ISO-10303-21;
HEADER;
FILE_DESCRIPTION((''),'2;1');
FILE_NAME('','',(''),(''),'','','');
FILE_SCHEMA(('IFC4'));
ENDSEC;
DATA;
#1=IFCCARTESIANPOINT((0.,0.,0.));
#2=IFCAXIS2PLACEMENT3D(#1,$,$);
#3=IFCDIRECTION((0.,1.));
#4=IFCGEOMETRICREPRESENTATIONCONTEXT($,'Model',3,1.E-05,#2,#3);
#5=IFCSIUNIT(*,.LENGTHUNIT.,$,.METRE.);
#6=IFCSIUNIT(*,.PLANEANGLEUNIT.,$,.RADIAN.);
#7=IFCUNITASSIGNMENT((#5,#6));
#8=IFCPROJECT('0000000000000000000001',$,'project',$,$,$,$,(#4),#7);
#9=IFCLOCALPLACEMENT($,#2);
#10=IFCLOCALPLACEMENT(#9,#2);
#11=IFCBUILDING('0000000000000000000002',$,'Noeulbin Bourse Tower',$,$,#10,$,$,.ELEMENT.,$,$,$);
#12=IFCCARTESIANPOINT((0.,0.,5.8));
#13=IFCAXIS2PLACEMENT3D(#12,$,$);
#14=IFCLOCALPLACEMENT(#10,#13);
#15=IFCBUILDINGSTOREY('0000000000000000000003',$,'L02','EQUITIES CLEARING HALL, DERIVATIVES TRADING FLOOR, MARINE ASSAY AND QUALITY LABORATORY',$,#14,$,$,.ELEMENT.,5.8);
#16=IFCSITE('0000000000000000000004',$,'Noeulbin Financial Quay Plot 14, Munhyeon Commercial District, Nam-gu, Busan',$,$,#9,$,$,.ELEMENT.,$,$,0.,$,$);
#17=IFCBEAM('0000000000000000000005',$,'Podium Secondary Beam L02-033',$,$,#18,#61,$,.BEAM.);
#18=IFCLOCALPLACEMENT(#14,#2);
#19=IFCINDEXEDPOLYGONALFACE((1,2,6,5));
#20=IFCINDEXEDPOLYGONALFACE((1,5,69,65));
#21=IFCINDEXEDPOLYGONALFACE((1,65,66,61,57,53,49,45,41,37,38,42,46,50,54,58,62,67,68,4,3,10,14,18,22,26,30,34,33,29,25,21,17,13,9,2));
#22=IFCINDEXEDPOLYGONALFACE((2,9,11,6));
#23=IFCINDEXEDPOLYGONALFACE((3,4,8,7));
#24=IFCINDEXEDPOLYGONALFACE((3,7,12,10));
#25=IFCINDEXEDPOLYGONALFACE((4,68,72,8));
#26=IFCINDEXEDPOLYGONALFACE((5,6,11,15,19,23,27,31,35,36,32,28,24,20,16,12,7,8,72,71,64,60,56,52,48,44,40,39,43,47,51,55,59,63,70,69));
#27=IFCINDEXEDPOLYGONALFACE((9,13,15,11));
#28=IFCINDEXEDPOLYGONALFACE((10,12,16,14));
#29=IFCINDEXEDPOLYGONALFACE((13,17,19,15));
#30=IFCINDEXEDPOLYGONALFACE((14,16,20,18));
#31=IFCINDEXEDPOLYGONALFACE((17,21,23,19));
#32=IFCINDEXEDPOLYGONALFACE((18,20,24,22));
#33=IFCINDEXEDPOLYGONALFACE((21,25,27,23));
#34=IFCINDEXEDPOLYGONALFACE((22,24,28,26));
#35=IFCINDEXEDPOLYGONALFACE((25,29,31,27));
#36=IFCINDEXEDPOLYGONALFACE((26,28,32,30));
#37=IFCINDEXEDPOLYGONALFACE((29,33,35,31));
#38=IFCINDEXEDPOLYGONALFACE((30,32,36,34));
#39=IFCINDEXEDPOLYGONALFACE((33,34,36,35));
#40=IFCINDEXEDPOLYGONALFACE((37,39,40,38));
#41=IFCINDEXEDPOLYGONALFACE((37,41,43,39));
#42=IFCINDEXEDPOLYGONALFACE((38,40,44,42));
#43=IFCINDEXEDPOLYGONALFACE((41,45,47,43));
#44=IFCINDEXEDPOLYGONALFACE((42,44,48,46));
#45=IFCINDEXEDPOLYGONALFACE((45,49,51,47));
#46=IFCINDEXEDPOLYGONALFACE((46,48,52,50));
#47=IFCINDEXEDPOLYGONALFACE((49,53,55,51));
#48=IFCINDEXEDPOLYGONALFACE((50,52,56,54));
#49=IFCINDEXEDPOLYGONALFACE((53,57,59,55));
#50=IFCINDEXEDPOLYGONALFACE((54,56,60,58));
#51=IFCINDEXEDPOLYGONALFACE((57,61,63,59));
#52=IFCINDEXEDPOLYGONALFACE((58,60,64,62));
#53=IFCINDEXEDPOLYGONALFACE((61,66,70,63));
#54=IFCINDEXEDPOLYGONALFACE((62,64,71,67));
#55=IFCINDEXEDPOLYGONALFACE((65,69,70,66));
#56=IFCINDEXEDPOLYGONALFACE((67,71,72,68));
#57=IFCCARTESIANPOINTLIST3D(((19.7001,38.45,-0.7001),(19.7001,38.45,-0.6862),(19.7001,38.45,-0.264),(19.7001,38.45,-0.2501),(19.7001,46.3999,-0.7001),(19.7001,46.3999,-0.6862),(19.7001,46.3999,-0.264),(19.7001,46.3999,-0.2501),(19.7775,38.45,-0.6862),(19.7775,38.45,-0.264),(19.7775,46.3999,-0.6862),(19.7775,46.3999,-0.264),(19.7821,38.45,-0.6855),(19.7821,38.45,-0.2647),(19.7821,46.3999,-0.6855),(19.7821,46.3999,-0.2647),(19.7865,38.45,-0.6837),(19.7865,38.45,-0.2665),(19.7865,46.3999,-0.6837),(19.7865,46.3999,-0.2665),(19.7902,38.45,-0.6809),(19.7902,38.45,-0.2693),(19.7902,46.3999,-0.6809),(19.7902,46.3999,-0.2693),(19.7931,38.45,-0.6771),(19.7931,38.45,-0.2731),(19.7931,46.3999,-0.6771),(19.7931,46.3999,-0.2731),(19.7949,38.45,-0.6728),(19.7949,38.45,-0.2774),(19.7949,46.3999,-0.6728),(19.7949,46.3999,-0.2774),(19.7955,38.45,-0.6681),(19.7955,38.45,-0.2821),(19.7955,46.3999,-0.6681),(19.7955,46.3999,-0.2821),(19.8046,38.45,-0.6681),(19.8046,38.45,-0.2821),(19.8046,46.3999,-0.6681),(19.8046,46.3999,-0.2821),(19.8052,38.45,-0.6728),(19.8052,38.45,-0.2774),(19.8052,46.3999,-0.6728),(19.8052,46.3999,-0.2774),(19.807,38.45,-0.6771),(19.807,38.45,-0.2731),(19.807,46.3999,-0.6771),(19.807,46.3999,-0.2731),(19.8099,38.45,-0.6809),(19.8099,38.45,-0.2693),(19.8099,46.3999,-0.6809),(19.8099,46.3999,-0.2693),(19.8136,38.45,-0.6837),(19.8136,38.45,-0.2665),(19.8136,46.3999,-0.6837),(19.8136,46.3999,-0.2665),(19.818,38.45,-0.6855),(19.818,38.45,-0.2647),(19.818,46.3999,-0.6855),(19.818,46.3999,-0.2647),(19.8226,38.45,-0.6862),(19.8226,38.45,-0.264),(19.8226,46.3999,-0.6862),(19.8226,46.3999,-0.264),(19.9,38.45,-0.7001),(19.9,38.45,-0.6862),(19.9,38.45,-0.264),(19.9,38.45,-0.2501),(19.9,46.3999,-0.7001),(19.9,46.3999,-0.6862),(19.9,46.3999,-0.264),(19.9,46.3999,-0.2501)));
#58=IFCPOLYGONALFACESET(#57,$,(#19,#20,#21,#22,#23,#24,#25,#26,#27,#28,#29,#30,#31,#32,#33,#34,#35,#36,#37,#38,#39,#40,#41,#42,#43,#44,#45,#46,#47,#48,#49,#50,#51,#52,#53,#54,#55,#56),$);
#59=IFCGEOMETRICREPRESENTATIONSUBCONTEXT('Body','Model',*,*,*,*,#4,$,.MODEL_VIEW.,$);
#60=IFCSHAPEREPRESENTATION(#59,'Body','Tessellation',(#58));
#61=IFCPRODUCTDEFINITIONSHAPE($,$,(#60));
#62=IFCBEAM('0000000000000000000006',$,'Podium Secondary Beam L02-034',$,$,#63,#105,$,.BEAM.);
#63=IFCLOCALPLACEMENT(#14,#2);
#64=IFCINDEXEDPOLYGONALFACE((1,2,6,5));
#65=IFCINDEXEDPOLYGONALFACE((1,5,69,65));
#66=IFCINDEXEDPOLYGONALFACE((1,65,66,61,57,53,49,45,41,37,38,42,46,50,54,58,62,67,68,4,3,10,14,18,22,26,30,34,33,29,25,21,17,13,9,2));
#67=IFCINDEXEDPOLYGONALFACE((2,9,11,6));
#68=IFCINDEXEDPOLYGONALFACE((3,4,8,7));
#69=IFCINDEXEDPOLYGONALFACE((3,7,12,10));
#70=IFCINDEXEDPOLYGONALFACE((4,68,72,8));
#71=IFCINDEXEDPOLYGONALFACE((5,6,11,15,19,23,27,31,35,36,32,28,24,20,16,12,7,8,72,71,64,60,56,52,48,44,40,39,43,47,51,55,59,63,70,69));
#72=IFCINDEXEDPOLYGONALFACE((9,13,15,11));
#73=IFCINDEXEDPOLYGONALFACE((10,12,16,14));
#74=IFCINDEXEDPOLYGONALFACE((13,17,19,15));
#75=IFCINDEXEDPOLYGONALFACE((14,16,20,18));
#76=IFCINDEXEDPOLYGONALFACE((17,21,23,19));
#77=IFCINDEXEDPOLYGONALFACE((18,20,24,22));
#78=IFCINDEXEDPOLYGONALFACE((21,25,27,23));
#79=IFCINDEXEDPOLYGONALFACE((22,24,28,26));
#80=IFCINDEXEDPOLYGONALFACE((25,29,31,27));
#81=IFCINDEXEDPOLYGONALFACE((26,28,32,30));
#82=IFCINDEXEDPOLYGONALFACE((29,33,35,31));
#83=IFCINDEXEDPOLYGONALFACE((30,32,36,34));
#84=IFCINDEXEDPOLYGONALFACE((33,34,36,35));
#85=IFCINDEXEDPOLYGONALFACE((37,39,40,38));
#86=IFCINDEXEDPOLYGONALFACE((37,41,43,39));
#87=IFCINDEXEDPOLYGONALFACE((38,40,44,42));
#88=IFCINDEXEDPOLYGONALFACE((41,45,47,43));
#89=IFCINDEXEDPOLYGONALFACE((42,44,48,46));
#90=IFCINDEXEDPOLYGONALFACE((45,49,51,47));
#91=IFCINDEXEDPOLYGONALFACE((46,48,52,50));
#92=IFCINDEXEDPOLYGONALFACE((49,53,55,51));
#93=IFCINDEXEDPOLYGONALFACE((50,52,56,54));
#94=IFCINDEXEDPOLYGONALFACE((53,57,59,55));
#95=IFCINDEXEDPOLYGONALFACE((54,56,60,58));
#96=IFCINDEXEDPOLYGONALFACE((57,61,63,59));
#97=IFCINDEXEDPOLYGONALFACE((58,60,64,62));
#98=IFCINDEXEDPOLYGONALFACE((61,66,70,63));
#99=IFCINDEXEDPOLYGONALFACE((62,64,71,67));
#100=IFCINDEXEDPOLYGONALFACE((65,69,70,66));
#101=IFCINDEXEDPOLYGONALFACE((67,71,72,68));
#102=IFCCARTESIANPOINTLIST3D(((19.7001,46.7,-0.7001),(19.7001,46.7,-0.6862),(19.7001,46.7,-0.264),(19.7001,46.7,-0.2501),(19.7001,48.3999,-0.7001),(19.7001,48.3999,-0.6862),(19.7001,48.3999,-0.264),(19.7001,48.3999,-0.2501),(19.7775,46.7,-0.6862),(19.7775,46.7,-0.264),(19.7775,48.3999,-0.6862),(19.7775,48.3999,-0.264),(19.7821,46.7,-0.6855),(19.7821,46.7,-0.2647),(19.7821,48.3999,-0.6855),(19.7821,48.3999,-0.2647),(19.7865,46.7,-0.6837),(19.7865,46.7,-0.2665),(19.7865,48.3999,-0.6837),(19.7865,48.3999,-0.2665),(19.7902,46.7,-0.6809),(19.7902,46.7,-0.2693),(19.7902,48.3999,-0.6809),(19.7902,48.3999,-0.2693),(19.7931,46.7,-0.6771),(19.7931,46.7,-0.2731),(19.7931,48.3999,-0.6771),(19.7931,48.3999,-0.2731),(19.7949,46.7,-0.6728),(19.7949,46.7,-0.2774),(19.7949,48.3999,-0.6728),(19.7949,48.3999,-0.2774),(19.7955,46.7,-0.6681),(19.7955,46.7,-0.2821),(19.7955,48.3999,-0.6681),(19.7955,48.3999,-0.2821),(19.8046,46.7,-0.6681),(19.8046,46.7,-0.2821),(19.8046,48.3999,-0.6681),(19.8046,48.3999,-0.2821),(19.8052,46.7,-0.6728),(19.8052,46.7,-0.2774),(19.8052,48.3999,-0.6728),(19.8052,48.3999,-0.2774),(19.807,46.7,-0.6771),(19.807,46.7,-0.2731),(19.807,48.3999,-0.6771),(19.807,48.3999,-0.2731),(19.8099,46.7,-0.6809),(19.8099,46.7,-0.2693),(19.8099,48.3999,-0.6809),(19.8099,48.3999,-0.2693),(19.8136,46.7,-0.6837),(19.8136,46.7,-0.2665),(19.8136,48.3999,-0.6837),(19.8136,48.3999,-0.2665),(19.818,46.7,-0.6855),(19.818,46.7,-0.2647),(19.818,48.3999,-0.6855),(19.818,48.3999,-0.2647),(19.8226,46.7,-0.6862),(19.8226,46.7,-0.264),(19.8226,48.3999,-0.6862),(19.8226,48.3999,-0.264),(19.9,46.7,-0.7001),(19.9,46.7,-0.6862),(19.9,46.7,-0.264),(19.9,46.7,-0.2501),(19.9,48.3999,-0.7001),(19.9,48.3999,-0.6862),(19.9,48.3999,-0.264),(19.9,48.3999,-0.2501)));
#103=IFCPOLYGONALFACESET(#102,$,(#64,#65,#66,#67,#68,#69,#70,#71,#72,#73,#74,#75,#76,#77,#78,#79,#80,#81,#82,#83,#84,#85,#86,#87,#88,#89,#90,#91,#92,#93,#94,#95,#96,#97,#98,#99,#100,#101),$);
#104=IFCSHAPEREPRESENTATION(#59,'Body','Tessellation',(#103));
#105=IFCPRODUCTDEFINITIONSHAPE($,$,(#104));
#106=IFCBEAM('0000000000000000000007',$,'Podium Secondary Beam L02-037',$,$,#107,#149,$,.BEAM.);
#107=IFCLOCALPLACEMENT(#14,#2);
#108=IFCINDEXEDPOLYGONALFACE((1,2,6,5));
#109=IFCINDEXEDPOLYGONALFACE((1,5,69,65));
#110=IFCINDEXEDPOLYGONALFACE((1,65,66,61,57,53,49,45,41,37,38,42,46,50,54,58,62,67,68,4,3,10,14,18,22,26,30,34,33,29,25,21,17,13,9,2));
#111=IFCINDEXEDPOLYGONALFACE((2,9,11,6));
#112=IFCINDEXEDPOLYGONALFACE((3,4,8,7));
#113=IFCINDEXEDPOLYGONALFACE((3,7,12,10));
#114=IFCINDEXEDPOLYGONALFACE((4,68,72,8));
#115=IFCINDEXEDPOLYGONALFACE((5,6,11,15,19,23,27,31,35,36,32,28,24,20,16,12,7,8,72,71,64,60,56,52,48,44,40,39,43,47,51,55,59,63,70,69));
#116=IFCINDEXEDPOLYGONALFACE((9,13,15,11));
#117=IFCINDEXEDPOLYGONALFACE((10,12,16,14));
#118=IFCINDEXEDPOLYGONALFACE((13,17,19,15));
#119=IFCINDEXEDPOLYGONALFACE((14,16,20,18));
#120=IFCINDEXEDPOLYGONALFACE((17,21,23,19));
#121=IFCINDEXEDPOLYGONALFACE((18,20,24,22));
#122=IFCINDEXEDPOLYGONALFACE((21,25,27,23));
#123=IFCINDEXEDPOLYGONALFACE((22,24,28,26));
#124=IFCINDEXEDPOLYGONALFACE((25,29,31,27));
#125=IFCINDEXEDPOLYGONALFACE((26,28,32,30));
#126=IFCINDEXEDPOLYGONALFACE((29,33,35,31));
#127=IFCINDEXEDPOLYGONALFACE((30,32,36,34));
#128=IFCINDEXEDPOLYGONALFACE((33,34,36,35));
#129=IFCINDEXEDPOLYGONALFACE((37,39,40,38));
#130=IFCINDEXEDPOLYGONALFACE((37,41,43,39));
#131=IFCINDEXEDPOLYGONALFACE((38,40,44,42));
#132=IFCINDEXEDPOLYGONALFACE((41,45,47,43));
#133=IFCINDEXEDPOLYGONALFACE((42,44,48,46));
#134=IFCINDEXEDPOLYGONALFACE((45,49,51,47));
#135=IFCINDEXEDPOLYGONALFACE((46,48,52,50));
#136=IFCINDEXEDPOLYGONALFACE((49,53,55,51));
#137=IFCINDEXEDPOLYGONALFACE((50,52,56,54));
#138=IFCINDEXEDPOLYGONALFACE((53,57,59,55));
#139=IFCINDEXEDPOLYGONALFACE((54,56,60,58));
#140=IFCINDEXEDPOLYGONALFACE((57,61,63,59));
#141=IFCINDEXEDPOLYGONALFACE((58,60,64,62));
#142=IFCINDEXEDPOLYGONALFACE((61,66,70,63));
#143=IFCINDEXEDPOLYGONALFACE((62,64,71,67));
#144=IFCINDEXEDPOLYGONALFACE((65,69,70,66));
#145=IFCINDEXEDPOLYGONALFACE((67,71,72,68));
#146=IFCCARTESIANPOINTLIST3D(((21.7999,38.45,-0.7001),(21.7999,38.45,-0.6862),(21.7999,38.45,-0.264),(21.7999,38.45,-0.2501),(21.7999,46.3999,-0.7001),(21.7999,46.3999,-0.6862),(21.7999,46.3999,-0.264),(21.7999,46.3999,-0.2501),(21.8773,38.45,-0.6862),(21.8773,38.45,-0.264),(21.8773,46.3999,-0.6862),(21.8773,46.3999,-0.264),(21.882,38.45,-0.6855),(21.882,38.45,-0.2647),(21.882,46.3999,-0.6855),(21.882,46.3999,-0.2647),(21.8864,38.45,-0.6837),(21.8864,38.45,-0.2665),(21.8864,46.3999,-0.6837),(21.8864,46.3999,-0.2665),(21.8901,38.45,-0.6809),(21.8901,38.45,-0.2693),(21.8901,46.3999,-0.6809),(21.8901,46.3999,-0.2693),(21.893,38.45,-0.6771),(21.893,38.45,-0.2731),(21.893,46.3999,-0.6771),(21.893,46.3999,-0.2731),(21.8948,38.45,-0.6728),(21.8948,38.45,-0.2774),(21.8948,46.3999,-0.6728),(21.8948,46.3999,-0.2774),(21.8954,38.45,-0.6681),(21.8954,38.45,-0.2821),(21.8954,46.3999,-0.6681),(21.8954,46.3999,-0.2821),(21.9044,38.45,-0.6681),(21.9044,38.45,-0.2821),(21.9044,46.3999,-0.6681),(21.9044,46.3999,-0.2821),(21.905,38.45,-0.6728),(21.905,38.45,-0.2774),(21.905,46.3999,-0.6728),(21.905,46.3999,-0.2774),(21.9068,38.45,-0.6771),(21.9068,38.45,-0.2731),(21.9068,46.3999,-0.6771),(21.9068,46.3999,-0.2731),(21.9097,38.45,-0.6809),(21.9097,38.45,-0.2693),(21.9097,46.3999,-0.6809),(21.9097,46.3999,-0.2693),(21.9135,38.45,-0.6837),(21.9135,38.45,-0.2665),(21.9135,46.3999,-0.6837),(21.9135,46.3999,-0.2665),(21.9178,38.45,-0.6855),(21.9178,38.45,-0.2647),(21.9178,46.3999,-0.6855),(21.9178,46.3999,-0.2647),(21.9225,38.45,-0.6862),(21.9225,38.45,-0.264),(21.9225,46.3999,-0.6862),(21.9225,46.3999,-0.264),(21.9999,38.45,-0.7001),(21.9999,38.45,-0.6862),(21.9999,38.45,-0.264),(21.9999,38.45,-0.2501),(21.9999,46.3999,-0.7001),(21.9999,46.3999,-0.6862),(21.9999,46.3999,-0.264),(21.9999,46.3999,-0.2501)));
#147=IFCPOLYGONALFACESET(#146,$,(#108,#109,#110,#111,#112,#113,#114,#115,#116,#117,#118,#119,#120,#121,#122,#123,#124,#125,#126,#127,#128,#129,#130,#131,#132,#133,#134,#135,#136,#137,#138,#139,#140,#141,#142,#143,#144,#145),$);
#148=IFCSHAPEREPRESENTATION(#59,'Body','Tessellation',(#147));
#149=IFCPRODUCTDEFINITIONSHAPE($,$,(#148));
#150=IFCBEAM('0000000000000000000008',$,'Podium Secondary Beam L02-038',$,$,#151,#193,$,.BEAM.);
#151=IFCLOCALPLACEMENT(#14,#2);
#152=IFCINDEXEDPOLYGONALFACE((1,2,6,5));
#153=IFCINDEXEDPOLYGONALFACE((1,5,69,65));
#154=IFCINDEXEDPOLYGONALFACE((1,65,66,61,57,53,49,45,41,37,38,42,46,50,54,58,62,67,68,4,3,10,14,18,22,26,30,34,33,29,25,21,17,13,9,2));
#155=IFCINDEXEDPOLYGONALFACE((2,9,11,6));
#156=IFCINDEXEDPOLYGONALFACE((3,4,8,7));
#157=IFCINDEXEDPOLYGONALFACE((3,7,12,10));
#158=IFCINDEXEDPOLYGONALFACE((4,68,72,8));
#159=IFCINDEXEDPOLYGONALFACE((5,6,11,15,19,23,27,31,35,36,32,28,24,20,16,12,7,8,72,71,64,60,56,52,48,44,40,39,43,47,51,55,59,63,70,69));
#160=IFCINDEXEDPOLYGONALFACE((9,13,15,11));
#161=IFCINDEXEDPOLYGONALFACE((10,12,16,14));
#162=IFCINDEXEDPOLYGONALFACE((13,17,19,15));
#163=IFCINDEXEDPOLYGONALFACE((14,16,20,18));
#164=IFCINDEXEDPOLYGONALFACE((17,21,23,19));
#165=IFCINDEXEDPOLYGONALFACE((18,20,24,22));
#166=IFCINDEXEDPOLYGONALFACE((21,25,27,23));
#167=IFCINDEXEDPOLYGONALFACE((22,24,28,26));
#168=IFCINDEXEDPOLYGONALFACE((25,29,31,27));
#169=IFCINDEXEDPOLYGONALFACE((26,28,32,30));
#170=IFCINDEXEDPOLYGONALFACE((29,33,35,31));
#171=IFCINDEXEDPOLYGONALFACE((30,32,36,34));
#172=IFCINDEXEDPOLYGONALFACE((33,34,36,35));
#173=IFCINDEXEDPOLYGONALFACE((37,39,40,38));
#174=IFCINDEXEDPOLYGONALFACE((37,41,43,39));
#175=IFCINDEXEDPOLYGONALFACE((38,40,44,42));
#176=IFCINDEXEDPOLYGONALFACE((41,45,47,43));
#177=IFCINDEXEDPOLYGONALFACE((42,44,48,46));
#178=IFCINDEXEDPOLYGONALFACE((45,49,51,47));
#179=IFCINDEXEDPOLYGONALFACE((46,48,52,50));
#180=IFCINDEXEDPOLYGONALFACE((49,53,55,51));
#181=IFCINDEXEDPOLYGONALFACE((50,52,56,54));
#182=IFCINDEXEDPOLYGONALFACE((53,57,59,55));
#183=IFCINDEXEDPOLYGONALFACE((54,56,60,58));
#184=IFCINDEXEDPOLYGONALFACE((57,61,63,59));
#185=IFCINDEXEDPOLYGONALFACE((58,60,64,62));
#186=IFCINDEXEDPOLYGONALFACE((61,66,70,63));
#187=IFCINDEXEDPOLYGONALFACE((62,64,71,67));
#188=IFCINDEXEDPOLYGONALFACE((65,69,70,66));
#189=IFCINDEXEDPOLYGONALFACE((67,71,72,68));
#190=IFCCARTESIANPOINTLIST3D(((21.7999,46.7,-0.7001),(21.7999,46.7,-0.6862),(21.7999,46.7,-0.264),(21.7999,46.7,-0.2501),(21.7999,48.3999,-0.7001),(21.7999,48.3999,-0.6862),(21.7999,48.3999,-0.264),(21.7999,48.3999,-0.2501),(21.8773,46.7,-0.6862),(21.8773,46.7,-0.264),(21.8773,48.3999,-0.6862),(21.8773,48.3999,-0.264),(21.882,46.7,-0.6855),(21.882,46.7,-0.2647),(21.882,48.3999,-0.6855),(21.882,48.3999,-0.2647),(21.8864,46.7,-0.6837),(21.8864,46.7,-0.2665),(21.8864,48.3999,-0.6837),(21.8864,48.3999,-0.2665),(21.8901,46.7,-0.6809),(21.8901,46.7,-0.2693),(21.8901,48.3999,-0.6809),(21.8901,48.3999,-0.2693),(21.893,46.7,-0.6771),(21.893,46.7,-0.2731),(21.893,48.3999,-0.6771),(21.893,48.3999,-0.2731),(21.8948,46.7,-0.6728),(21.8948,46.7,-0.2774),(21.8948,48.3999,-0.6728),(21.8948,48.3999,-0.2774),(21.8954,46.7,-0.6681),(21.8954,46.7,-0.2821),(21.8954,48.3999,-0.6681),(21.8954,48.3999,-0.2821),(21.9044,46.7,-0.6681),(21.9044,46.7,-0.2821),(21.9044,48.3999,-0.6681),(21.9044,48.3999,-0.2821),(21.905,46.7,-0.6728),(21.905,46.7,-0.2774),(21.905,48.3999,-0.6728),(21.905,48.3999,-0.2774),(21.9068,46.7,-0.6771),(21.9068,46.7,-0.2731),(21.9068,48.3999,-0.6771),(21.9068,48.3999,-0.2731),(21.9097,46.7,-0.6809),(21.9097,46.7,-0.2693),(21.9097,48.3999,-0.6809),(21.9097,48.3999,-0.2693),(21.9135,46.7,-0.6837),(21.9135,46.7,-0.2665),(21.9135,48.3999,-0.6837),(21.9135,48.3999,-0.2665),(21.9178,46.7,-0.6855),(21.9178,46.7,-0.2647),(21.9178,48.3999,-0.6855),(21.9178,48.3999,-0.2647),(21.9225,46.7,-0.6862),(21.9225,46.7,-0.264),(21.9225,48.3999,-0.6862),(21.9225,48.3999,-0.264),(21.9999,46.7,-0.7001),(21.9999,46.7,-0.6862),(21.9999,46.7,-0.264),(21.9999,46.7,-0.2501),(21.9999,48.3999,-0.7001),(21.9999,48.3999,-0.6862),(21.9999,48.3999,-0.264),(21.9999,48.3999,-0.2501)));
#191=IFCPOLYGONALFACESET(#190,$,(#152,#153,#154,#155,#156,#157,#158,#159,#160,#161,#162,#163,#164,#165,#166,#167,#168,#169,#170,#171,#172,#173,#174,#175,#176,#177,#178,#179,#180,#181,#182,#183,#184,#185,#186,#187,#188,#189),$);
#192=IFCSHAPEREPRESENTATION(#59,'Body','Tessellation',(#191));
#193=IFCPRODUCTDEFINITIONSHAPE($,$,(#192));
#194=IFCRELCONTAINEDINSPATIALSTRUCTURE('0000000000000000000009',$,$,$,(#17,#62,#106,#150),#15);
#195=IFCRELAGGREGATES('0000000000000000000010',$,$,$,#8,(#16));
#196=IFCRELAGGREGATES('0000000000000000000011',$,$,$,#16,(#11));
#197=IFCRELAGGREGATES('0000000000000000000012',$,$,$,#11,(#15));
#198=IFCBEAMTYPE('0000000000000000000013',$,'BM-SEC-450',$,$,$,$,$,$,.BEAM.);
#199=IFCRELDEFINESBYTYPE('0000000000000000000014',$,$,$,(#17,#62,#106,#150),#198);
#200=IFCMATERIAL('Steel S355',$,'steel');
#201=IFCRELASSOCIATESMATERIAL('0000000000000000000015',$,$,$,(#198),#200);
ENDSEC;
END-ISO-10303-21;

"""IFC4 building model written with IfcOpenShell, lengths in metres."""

from ifc_helpers import new_model, si_unit, direction, frame, origin, origin_2d, place, context, subcontext, project, spatial, i_section, extrude, material, material_profile, profile_set, type_object, element, save


model = new_model("IFC4")

# Units and contexts
model_context = context("Model", 3, precision=1e-05, world=origin(), true_north=direction((0.0, 1.0)))
body_context = subcontext(model_context, "Body", "Model", "MODEL_VIEW")
ifc_project = project(units=[si_unit("LENGTHUNIT", "METRE"), si_unit("PLANEANGLEUNIT", "RADIAN")], contexts=[model_context])

# Site, building, storey
site_placement = place(None, origin())
site = spatial("IfcSite", under=ifc_project, at=site_placement, Name="Noeulbin Financial Quay Plot 14, Munhyeon Commercial District, Nam-gu, Busan", CompositionType="ELEMENT", RefElevation=0.0)
building_placement = place(site_placement, origin())
building = spatial("IfcBuilding", under=site, at=building_placement, Name="Noeulbin Bourse Tower", CompositionType="ELEMENT")
storey_placement = place(building_placement, frame((0.0, 0.0, 5.8)))
storey = spatial("IfcBuildingStorey", under=building, at=storey_placement, Name="L02", Description="EQUITIES CLEARING HALL, DERIVATIVES TRADING FLOOR, MARINE ASSAY AND QUALITY LABORATORY", CompositionType="ELEMENT", Elevation=5.8)

# Beams
ifc_material_1 = material(Name="Steel S355", Category="steel")
ifc_material_profile_1 = material_profile(ifc_material_1, i_section(OverallWidth=0.2, OverallDepth=0.45, WebThickness=0.009, FlangeThickness=0.0139, FilletRadius=0.0181, at=origin_2d()), Name="H-450x200x9x14", Category="LoadBearing")
ifc_profile_set_1 = profile_set([ifc_material_profile_1], Name="Steel S355")
beam_type_1 = type_object("IfcBeamType", Name="BM-SEC-450", PredefinedType="BEAM", material=ifc_profile_set_1)
beam_1_placement = place(storey_placement, frame((19.8, 38.45, -0.4751), z_axis=(0.0, 1.0, 0.0), x_axis=(-1.0, 0.0, 0.0)))
element("IfcBeam", 1, at=beam_1_placement, inside=storey, type_object=beam_type_1, Name="Podium Secondary Beam L02-033", PredefinedType="BEAM", context=body_context, shape_type="SweptSolid", body=[
    extrude(i_section(OverallWidth=0.2, OverallDepth=0.45, WebThickness=0.009, FlangeThickness=0.0139, FilletRadius=0.0181, at=origin_2d()), origin(), (0.0, 0.0, 1.0), 7.95),
])
beam_2_placement = place(storey_placement, frame((19.8, 46.7, -0.4751), z_axis=(0.0, 1.0, 0.0), x_axis=(-1.0, 0.0, 0.0)))
element("IfcBeam", 2, at=beam_2_placement, inside=storey, type_object=beam_type_1, Name="Podium Secondary Beam L02-034", PredefinedType="BEAM", context=body_context, shape_type="SweptSolid", body=[
    extrude(i_section(OverallWidth=0.2, OverallDepth=0.45, WebThickness=0.009, FlangeThickness=0.0139, FilletRadius=0.0181, at=origin_2d()), origin(), (0.0, 0.0, 1.0), 1.7),
])
beam_3_placement = place(storey_placement, frame((21.8999, 38.45, -0.4751), z_axis=(0.0, 1.0, 0.0), x_axis=(-1.0, 0.0, 0.0)))
element("IfcBeam", 3, at=beam_3_placement, inside=storey, type_object=beam_type_1, Name="Podium Secondary Beam L02-037", PredefinedType="BEAM", context=body_context, shape_type="SweptSolid", body=[
    extrude(i_section(OverallWidth=0.2, OverallDepth=0.45, WebThickness=0.009, FlangeThickness=0.0139, FilletRadius=0.0181, at=origin_2d()), origin(), (0.0, 0.0, 1.0), 7.95),
])
beam_4_placement = place(storey_placement, frame((21.8999, 46.7, -0.4751), z_axis=(0.0, 1.0, 0.0), x_axis=(-1.0, 0.0, 0.0)))
element("IfcBeam", 4, at=beam_4_placement, inside=storey, type_object=beam_type_1, Name="Podium Secondary Beam L02-038", PredefinedType="BEAM", context=body_context, shape_type="SweptSolid", body=[
    extrude(i_section(OverallWidth=0.2, OverallDepth=0.45, WebThickness=0.009, FlangeThickness=0.0139, FilletRadius=0.0181, at=origin_2d()), origin(), (0.0, 0.0, 1.0), 1.7),
])

save(model, "model.ifc")
